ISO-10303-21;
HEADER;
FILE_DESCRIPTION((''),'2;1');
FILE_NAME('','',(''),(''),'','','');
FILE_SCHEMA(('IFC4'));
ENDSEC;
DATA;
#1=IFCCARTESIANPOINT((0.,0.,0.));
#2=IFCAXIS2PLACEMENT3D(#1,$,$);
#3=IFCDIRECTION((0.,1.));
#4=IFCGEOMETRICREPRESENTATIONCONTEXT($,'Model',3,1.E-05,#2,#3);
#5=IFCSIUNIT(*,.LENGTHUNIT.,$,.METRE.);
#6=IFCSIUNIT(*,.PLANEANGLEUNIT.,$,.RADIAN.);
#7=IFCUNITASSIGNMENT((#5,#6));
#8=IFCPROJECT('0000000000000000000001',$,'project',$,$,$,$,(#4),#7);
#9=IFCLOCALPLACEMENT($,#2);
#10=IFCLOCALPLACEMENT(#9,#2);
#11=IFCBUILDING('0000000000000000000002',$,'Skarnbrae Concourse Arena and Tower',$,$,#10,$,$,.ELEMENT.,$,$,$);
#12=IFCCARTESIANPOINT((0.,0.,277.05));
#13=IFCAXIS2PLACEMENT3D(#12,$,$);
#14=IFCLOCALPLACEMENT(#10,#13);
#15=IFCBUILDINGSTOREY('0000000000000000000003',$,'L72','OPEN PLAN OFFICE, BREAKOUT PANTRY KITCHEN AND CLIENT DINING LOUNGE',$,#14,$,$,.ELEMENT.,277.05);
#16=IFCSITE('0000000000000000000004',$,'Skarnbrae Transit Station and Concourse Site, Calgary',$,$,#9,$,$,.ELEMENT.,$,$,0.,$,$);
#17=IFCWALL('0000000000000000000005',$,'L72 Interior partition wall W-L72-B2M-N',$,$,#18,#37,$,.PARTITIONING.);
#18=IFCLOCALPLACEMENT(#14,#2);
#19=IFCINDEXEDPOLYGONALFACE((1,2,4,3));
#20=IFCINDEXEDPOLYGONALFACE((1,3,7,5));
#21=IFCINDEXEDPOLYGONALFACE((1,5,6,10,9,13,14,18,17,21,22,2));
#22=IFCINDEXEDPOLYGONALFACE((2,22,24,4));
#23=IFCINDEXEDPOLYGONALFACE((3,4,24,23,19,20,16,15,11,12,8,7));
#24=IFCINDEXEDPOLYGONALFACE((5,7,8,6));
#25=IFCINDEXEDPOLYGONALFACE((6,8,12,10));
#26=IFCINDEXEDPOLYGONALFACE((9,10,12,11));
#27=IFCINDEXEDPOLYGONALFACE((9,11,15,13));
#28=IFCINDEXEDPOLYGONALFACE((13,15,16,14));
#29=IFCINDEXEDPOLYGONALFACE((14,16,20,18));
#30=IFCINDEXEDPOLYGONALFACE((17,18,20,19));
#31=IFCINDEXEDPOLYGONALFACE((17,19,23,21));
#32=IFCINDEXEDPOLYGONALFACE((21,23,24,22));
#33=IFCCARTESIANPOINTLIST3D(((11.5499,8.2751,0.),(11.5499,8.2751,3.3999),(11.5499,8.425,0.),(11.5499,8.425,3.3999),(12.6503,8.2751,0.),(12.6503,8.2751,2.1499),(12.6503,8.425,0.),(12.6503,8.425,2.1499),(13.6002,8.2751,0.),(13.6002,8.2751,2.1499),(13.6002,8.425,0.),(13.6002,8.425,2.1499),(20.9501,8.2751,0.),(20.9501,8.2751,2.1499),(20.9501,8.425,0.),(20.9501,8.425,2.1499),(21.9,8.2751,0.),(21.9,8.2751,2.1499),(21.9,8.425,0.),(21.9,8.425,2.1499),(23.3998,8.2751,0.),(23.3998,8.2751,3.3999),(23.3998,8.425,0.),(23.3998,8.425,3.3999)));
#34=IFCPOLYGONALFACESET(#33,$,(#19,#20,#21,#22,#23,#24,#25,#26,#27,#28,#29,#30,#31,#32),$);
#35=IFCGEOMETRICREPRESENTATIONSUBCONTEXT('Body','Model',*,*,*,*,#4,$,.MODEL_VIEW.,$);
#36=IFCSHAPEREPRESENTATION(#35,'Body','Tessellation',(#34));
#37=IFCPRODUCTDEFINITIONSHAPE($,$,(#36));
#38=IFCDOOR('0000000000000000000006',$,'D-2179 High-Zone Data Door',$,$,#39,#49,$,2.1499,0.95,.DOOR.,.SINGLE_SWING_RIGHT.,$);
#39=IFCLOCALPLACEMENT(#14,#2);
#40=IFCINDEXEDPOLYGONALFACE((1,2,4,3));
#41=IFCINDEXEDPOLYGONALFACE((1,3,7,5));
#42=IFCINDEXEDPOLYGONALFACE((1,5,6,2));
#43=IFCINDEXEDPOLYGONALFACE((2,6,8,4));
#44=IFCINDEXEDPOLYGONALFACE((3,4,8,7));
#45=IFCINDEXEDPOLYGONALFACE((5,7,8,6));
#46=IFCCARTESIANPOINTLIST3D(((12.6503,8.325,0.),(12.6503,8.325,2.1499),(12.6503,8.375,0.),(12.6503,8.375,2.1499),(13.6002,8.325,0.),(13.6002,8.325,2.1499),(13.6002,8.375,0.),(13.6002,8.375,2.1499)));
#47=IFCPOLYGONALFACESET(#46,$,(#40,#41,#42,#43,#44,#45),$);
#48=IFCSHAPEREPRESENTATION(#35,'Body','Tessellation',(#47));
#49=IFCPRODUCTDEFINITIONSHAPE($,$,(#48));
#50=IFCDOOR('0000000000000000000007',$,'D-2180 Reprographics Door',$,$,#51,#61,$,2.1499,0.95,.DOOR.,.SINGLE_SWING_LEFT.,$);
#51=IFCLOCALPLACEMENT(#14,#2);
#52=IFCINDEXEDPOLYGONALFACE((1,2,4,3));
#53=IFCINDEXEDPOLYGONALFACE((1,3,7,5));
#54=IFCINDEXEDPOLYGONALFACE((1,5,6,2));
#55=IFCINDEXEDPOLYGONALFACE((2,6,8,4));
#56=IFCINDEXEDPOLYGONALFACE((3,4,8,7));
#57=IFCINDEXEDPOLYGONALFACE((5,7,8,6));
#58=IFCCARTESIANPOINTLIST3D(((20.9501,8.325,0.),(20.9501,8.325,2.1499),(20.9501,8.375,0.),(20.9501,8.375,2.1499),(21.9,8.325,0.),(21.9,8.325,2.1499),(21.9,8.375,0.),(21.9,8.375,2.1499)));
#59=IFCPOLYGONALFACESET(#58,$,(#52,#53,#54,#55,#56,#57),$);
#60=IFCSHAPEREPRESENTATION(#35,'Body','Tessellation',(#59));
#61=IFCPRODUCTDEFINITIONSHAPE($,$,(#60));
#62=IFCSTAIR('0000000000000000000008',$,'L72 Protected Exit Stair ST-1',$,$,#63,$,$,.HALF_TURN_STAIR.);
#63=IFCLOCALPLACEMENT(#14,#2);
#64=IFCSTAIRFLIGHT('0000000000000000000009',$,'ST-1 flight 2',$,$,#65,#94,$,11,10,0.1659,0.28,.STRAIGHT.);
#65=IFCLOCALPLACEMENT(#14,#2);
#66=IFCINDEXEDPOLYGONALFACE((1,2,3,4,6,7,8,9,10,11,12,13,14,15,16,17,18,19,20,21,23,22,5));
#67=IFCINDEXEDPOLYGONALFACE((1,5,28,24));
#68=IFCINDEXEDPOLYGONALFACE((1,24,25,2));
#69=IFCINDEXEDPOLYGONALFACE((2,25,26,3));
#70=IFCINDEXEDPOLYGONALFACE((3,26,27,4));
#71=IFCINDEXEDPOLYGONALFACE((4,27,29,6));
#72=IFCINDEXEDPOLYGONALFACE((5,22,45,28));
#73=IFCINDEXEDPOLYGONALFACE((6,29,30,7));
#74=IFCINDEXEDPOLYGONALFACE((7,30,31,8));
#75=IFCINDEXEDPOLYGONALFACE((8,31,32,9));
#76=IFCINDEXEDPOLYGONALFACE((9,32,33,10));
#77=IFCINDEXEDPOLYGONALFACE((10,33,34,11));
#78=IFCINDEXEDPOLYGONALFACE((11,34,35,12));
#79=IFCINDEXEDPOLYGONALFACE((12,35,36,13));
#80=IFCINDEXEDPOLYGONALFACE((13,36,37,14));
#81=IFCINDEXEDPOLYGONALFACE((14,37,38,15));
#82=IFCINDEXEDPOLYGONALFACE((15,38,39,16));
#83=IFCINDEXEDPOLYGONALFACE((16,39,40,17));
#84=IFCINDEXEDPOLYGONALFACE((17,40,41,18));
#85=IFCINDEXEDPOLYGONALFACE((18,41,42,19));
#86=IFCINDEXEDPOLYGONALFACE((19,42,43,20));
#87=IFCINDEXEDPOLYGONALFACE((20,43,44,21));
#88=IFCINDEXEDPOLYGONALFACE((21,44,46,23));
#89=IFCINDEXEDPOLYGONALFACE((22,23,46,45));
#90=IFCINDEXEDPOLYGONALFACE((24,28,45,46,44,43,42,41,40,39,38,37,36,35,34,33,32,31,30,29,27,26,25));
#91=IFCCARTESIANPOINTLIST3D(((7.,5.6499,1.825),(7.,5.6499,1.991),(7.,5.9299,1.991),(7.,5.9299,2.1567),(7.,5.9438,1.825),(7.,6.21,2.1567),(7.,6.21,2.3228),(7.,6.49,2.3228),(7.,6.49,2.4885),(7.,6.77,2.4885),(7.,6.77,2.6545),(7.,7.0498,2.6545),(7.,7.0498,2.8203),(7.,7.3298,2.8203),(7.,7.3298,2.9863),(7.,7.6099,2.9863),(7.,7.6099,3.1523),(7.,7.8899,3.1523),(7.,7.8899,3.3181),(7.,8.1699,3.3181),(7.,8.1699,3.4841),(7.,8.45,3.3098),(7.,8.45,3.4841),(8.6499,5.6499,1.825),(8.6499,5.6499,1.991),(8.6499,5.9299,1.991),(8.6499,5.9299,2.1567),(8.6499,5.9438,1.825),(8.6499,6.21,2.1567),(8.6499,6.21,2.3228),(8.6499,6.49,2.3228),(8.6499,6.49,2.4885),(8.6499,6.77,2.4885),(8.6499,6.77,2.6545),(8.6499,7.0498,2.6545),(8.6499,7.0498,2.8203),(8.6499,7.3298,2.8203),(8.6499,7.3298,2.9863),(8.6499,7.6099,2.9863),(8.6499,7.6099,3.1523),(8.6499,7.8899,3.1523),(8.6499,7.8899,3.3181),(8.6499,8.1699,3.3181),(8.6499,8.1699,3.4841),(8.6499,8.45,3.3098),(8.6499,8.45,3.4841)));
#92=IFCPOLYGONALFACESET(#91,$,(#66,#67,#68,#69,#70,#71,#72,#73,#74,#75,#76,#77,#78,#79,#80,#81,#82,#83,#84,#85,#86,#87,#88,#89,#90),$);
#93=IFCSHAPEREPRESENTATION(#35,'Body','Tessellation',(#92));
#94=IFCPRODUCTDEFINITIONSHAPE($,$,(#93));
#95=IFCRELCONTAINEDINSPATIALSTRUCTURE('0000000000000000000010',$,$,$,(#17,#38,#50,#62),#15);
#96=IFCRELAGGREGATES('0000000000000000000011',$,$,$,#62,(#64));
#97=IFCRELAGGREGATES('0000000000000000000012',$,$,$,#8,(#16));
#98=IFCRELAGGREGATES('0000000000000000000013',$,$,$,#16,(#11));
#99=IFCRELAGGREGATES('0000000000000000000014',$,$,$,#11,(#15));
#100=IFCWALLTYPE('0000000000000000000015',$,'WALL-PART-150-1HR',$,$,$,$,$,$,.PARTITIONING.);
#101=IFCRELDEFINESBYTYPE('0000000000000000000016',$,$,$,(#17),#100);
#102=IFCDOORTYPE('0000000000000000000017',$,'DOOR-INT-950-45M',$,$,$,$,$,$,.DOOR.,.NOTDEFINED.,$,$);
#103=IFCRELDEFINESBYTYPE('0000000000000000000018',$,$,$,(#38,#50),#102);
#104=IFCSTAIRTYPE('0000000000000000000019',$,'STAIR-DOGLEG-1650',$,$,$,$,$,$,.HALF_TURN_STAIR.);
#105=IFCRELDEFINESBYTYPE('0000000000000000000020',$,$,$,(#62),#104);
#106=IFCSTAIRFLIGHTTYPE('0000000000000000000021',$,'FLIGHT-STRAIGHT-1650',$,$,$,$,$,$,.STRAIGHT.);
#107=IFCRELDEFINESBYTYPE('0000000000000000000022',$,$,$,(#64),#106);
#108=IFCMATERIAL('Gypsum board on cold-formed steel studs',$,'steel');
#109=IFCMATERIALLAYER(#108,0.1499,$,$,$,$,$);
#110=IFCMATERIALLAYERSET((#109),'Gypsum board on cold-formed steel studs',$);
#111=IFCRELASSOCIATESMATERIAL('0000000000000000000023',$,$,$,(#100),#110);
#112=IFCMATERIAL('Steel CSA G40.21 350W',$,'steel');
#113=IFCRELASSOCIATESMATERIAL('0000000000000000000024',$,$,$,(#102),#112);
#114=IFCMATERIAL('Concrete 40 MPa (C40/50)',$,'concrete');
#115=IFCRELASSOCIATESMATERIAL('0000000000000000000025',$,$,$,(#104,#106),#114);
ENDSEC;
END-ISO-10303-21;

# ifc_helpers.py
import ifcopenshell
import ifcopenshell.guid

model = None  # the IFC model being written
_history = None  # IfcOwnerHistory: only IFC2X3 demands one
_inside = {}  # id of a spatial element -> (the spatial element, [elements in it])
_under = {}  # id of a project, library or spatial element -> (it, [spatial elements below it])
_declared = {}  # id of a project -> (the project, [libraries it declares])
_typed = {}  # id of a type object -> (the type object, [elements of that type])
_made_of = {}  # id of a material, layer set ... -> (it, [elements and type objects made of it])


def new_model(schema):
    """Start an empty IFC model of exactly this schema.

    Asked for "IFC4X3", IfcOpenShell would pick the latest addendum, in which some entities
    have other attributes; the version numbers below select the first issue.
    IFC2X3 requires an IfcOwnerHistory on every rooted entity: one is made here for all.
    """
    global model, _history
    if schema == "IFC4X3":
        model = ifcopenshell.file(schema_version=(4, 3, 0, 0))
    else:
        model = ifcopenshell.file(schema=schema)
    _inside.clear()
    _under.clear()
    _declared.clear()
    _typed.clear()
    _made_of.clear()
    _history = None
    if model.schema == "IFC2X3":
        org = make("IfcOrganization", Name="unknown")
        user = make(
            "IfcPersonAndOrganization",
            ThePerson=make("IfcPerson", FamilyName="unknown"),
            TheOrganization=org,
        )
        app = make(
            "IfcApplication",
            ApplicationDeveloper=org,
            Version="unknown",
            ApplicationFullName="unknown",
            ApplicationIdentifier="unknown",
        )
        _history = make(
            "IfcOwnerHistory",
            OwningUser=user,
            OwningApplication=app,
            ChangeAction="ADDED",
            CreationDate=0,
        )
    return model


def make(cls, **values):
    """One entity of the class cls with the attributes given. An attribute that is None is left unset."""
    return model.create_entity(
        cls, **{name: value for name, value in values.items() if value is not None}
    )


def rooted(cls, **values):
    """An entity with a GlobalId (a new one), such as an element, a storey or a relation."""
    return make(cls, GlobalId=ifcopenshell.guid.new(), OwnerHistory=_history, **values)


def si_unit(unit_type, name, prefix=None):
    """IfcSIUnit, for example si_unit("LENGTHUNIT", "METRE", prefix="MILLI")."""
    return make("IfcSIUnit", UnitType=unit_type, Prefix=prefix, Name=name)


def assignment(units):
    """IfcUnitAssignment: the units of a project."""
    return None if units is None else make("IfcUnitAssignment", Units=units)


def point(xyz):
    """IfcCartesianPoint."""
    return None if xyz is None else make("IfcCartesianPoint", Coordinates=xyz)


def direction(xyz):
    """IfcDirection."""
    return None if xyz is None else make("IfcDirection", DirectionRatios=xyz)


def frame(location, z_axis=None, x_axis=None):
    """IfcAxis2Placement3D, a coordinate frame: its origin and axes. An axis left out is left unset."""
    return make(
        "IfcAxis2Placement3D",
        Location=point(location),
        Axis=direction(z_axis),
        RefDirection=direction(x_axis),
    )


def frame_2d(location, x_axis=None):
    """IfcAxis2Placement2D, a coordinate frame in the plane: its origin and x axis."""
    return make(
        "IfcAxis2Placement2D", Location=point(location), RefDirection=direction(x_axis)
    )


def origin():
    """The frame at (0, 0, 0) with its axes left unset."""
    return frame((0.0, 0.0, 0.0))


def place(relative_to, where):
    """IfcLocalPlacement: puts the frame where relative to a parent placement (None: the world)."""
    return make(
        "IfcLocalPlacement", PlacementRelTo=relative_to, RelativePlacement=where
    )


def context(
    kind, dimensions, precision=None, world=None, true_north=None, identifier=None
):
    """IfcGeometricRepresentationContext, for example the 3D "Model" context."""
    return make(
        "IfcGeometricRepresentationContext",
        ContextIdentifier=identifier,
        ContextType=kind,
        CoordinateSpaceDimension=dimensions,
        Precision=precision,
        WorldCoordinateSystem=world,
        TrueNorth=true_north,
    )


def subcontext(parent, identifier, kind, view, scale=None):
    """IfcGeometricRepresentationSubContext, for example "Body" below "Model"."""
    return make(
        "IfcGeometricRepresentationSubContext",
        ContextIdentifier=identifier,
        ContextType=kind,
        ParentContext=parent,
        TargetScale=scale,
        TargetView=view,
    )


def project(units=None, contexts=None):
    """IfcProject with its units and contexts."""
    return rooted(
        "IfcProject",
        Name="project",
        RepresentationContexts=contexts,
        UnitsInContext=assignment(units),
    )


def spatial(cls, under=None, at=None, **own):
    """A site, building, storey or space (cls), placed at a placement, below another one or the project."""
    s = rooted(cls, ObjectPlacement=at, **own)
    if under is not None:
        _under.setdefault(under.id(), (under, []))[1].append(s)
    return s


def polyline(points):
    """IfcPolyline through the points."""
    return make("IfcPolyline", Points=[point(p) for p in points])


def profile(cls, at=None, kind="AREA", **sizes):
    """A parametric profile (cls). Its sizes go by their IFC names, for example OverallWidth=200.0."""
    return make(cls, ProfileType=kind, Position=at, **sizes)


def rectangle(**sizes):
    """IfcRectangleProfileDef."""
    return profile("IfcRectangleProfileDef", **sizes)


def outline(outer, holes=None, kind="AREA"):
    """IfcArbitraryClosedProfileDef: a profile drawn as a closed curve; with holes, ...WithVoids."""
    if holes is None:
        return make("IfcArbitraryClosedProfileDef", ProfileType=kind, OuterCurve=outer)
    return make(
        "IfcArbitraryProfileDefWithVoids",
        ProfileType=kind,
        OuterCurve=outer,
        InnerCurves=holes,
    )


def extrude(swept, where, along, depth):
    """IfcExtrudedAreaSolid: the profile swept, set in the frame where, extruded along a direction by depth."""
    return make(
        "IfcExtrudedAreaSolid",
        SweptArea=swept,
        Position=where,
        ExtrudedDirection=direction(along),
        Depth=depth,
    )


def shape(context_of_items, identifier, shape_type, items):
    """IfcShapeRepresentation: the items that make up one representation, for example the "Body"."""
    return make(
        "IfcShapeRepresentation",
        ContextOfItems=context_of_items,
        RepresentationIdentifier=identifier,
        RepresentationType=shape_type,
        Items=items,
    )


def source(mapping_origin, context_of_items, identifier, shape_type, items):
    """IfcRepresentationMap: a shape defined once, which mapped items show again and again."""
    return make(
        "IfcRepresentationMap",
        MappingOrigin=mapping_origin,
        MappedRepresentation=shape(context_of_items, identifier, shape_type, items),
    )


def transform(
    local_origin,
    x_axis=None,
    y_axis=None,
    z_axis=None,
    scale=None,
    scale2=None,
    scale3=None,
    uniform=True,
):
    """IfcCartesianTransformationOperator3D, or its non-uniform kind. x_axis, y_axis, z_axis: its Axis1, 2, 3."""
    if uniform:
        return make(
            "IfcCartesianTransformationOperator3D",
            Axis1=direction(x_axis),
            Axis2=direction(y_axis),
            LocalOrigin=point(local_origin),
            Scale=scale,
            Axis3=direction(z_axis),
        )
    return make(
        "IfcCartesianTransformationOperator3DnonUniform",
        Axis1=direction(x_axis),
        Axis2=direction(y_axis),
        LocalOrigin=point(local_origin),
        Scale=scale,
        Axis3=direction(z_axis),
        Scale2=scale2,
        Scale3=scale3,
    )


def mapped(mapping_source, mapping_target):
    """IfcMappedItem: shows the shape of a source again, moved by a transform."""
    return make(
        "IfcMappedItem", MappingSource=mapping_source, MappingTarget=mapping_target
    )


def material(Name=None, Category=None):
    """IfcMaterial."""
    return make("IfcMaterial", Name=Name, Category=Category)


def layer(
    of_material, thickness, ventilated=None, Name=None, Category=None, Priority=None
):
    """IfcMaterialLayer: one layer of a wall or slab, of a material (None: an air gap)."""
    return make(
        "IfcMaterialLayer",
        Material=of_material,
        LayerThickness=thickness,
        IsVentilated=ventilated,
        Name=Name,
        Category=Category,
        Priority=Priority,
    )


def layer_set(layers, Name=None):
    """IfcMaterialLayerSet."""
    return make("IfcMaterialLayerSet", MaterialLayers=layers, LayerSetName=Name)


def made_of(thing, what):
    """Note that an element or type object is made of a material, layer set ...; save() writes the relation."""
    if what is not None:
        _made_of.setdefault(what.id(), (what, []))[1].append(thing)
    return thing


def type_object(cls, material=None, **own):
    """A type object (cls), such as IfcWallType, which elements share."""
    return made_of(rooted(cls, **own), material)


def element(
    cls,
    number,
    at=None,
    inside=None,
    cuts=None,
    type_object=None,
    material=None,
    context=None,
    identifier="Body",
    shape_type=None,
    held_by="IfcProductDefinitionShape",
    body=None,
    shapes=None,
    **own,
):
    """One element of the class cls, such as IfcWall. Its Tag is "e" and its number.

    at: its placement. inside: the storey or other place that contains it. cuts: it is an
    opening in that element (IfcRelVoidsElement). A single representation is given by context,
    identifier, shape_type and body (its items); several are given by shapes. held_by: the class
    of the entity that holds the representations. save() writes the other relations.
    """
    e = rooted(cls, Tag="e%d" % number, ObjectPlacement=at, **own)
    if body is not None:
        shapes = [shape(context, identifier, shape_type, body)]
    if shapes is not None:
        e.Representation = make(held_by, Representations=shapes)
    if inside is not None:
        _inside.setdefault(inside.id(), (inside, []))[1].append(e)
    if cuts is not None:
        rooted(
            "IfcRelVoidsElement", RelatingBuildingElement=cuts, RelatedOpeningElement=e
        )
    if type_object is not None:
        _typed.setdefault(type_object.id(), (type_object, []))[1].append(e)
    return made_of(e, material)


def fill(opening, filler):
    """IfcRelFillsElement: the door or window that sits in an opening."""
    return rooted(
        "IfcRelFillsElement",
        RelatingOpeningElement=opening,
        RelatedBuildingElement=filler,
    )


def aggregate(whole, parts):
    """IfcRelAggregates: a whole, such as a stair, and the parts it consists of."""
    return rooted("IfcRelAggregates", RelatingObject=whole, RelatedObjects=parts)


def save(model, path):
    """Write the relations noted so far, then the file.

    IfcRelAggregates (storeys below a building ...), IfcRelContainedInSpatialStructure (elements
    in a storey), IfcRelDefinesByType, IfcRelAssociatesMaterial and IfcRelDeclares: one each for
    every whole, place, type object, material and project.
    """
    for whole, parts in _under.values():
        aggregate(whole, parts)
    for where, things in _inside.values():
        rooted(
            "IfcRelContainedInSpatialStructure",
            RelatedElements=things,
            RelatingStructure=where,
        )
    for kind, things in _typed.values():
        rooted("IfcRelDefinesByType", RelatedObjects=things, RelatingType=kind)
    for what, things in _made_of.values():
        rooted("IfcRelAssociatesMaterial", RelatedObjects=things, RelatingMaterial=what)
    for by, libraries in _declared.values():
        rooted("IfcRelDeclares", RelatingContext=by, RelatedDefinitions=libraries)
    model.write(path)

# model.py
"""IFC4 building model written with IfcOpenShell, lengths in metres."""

from ifc_helpers import new_model, si_unit, direction, frame, frame_2d, origin, place, context, subcontext, project, spatial, polyline, rectangle, outline, extrude, source, transform, mapped, material, layer, layer_set, type_object, element, fill, aggregate, save


model = new_model("IFC4")

# Units and contexts
model_context = context("Model", 3, precision=1e-05, world=origin(), true_north=direction((0.0, 1.0)))
body_context = subcontext(model_context, "Body", "Model", "MODEL_VIEW")
ifc_project = project(units=[si_unit("LENGTHUNIT", "METRE"), si_unit("PLANEANGLEUNIT", "RADIAN")], contexts=[model_context])

# Site, building, storey
site_placement = place(None, origin())
site = spatial("IfcSite", under=ifc_project, at=site_placement, Name="Skarnbrae Transit Station and Concourse Site, Calgary", CompositionType="ELEMENT", RefElevation=0.0)
building_placement = place(site_placement, origin())
building = spatial("IfcBuilding", under=site, at=building_placement, Name="Skarnbrae Concourse Arena and Tower", CompositionType="ELEMENT")
storey_placement = place(building_placement, frame((0.0, 0.0, 277.05)))
storey = spatial("IfcBuildingStorey", under=building, at=storey_placement, Name="L72", Description="OPEN PLAN OFFICE, BREAKOUT PANTRY KITCHEN AND CLIENT DINING LOUNGE", CompositionType="ELEMENT", Elevation=277.05)

# Shared definitions
ifc_material_1 = material(Name="Gypsum board on cold-formed steel studs", Category="steel")

# Shared definitions
ifc_material_2 = material(Name="Steel CSA G40.21 350W", Category="steel")

# Shared definitions
ifc_layer_1 = layer(ifc_material_1, 0.1499)
ifc_layer_set_1 = layer_set([ifc_layer_1], Name="Gypsum board on cold-formed steel studs")
wall_type_1 = type_object("IfcWallType", Name="WALL-PART-150-1HR", PredefinedType="PARTITIONING", material=ifc_layer_set_1)

# Shared definitions
door_type_1 = type_object("IfcDoorType", Name="DOOR-INT-950-45M", OperationType="NOTDEFINED", PredefinedType="DOOR", material=ifc_material_2)
shared_shape_1 = source(origin(), body_context, "Body", "SweptSolid", [
    extrude(rectangle(XDim=0.95, YDim=2.1499, at=frame_2d((0.4751, 1.075))), frame((0.0, 0.0249, 0.0), z_axis=(0.0, -1.0, 0.0), x_axis=(1.0, 0.0, 0.0)), (0.0, 0.0, 1.0), 0.05),
])

# Shared definitions
shared_shape_2 = source(origin(), body_context, "Body", "SweptSolid", [
    extrude(rectangle(XDim=11.8499, YDim=0.1499, at=frame_2d((5.9248, 0.0))), origin(), (0.0, 0.0, 1.0), 3.3999),
])

# Wall, openings, doors
wall_1_placement = place(storey_placement, frame((11.55, 8.3501, 0.0), z_axis=(0.0, 0.0, 1.0), x_axis=(1.0, 0.0, 0.0)))
wall_1 = element("IfcWall", 1, at=wall_1_placement, inside=storey, type_object=wall_type_1, Name="L72 Interior partition wall W-L72-B2M-N", PredefinedType="PARTITIONING", context=body_context, shape_type="MappedRepresentation", body=[
    mapped(shared_shape_2, transform((0.0, 0.0, 0.0))),
])
opening_1_placement = place(wall_1_placement, frame((1.1001, 0.0, 0.0)))
opening_1 = element("IfcOpeningElement", 2, at=opening_1_placement, cuts=wall_1, PredefinedType="OPENING", context=body_context, shape_type="SweptSolid", body=[
    extrude(rectangle(XDim=0.95, YDim=2.1499, at=frame_2d((0.4751, 1.075))), frame((0.0, 0.085, 0.0), z_axis=(0.0, -1.0, 0.0), x_axis=(1.0, 0.0, 0.0)), (0.0, 0.0, 1.0), 0.1699),
])
opening_2_placement = place(wall_1_placement, frame((9.3999, 0.0, 0.0)))
opening_2 = element("IfcOpeningElement", 3, at=opening_2_placement, cuts=wall_1, PredefinedType="OPENING", context=body_context, shape_type="SweptSolid", body=[
    extrude(rectangle(XDim=0.95, YDim=2.1499, at=frame_2d((0.4751, 1.075))), frame((0.0, 0.085, 0.0), z_axis=(0.0, -1.0, 0.0), x_axis=(1.0, 0.0, 0.0)), (0.0, 0.0, 1.0), 0.1699),
])
door_1_placement = place(opening_1_placement, origin())
door_1 = element("IfcDoor", 4, at=door_1_placement, inside=storey, type_object=door_type_1, Name="D-2179 High-Zone Data Door", OperationType="SINGLE_SWING_RIGHT", OverallHeight=2.1499, OverallWidth=0.95, PredefinedType="DOOR", context=body_context, shape_type="MappedRepresentation", body=[
    mapped(shared_shape_1, transform((0.0, 0.0, 0.0))),
])
fill(opening_1, door_1)
door_2_placement = place(opening_2_placement, origin())
door_2 = element("IfcDoor", 5, at=door_2_placement, inside=storey, type_object=door_type_1, Name="D-2180 Reprographics Door", OperationType="SINGLE_SWING_LEFT", OverallHeight=2.1499, OverallWidth=0.95, PredefinedType="DOOR", context=body_context, shape_type="MappedRepresentation", body=[
    mapped(shared_shape_1, transform((0.0, 0.0, 0.0))),
])
fill(opening_2, door_2)

# Stair, stair flight
ifc_material_3 = material(Name="Concrete 40 MPa (C40/50)", Category="concrete")
stair_type = type_object("IfcStairType", Name="STAIR-DOGLEG-1650", PredefinedType="HALF_TURN_STAIR", material=ifc_material_3)
stair_placement = place(storey_placement, origin())
stair = element("IfcStair", 6, at=stair_placement, inside=storey, type_object=stair_type, Name="L72 Protected Exit Stair ST-1", PredefinedType="HALF_TURN_STAIR")
stair_flight_type = type_object("IfcStairFlightType", Name="FLIGHT-STRAIGHT-1650", PredefinedType="STRAIGHT", material=ifc_material_3)
shared_shape_3 = source(origin(), body_context, "Body", "SweptSolid", [
    extrude(outline(polyline([(0.0, 0.0), (0.0, 0.166), (0.28, 0.166), (0.28, 0.3318), (0.5601, 0.3318), (0.5601, 0.4978), (0.8401, 0.4978), (0.8401, 0.6636), (1.1201, 0.6636), (1.1201, 0.8296), (1.3999, 0.8296), (1.3999, 0.9954), (1.6799, 0.9954), (1.6799, 1.1614), (1.96, 1.1614), (1.96, 1.3274), (2.24, 1.3274), (2.24, 1.4932), (2.52, 1.4932), (2.52, 1.6592), (2.8, 1.6592), (2.8, 1.825), (2.8, 1.4849), (0.2939, 0.0), (0.0, 0.0)])), frame((0.0, 0.825, 0.0), z_axis=(0.0, -1.0, 0.0), x_axis=(1.0, 0.0, 0.0)), (0.0, 0.0, 1.0), 1.6499),
])
stair_flight_placement = place(storey_placement, frame((7.825, 5.6499, 1.825), z_axis=(0.0, 0.0, 1.0), x_axis=(0.0, 1.0, 0.0)))
stair_flight = element("IfcStairFlight", 7, at=stair_flight_placement, type_object=stair_flight_type, Name="ST-1 flight 2", NumberOfRisers=11, NumberOfTreads=10, PredefinedType="STRAIGHT", RiserHeight=0.1659, TreadLength=0.28, context=body_context, shape_type="MappedRepresentation", body=[
    mapped(shared_shape_3, transform((0.0, 0.0, 0.0))),
])
aggregate(stair, [stair_flight])

save(model, "model.ifc")
